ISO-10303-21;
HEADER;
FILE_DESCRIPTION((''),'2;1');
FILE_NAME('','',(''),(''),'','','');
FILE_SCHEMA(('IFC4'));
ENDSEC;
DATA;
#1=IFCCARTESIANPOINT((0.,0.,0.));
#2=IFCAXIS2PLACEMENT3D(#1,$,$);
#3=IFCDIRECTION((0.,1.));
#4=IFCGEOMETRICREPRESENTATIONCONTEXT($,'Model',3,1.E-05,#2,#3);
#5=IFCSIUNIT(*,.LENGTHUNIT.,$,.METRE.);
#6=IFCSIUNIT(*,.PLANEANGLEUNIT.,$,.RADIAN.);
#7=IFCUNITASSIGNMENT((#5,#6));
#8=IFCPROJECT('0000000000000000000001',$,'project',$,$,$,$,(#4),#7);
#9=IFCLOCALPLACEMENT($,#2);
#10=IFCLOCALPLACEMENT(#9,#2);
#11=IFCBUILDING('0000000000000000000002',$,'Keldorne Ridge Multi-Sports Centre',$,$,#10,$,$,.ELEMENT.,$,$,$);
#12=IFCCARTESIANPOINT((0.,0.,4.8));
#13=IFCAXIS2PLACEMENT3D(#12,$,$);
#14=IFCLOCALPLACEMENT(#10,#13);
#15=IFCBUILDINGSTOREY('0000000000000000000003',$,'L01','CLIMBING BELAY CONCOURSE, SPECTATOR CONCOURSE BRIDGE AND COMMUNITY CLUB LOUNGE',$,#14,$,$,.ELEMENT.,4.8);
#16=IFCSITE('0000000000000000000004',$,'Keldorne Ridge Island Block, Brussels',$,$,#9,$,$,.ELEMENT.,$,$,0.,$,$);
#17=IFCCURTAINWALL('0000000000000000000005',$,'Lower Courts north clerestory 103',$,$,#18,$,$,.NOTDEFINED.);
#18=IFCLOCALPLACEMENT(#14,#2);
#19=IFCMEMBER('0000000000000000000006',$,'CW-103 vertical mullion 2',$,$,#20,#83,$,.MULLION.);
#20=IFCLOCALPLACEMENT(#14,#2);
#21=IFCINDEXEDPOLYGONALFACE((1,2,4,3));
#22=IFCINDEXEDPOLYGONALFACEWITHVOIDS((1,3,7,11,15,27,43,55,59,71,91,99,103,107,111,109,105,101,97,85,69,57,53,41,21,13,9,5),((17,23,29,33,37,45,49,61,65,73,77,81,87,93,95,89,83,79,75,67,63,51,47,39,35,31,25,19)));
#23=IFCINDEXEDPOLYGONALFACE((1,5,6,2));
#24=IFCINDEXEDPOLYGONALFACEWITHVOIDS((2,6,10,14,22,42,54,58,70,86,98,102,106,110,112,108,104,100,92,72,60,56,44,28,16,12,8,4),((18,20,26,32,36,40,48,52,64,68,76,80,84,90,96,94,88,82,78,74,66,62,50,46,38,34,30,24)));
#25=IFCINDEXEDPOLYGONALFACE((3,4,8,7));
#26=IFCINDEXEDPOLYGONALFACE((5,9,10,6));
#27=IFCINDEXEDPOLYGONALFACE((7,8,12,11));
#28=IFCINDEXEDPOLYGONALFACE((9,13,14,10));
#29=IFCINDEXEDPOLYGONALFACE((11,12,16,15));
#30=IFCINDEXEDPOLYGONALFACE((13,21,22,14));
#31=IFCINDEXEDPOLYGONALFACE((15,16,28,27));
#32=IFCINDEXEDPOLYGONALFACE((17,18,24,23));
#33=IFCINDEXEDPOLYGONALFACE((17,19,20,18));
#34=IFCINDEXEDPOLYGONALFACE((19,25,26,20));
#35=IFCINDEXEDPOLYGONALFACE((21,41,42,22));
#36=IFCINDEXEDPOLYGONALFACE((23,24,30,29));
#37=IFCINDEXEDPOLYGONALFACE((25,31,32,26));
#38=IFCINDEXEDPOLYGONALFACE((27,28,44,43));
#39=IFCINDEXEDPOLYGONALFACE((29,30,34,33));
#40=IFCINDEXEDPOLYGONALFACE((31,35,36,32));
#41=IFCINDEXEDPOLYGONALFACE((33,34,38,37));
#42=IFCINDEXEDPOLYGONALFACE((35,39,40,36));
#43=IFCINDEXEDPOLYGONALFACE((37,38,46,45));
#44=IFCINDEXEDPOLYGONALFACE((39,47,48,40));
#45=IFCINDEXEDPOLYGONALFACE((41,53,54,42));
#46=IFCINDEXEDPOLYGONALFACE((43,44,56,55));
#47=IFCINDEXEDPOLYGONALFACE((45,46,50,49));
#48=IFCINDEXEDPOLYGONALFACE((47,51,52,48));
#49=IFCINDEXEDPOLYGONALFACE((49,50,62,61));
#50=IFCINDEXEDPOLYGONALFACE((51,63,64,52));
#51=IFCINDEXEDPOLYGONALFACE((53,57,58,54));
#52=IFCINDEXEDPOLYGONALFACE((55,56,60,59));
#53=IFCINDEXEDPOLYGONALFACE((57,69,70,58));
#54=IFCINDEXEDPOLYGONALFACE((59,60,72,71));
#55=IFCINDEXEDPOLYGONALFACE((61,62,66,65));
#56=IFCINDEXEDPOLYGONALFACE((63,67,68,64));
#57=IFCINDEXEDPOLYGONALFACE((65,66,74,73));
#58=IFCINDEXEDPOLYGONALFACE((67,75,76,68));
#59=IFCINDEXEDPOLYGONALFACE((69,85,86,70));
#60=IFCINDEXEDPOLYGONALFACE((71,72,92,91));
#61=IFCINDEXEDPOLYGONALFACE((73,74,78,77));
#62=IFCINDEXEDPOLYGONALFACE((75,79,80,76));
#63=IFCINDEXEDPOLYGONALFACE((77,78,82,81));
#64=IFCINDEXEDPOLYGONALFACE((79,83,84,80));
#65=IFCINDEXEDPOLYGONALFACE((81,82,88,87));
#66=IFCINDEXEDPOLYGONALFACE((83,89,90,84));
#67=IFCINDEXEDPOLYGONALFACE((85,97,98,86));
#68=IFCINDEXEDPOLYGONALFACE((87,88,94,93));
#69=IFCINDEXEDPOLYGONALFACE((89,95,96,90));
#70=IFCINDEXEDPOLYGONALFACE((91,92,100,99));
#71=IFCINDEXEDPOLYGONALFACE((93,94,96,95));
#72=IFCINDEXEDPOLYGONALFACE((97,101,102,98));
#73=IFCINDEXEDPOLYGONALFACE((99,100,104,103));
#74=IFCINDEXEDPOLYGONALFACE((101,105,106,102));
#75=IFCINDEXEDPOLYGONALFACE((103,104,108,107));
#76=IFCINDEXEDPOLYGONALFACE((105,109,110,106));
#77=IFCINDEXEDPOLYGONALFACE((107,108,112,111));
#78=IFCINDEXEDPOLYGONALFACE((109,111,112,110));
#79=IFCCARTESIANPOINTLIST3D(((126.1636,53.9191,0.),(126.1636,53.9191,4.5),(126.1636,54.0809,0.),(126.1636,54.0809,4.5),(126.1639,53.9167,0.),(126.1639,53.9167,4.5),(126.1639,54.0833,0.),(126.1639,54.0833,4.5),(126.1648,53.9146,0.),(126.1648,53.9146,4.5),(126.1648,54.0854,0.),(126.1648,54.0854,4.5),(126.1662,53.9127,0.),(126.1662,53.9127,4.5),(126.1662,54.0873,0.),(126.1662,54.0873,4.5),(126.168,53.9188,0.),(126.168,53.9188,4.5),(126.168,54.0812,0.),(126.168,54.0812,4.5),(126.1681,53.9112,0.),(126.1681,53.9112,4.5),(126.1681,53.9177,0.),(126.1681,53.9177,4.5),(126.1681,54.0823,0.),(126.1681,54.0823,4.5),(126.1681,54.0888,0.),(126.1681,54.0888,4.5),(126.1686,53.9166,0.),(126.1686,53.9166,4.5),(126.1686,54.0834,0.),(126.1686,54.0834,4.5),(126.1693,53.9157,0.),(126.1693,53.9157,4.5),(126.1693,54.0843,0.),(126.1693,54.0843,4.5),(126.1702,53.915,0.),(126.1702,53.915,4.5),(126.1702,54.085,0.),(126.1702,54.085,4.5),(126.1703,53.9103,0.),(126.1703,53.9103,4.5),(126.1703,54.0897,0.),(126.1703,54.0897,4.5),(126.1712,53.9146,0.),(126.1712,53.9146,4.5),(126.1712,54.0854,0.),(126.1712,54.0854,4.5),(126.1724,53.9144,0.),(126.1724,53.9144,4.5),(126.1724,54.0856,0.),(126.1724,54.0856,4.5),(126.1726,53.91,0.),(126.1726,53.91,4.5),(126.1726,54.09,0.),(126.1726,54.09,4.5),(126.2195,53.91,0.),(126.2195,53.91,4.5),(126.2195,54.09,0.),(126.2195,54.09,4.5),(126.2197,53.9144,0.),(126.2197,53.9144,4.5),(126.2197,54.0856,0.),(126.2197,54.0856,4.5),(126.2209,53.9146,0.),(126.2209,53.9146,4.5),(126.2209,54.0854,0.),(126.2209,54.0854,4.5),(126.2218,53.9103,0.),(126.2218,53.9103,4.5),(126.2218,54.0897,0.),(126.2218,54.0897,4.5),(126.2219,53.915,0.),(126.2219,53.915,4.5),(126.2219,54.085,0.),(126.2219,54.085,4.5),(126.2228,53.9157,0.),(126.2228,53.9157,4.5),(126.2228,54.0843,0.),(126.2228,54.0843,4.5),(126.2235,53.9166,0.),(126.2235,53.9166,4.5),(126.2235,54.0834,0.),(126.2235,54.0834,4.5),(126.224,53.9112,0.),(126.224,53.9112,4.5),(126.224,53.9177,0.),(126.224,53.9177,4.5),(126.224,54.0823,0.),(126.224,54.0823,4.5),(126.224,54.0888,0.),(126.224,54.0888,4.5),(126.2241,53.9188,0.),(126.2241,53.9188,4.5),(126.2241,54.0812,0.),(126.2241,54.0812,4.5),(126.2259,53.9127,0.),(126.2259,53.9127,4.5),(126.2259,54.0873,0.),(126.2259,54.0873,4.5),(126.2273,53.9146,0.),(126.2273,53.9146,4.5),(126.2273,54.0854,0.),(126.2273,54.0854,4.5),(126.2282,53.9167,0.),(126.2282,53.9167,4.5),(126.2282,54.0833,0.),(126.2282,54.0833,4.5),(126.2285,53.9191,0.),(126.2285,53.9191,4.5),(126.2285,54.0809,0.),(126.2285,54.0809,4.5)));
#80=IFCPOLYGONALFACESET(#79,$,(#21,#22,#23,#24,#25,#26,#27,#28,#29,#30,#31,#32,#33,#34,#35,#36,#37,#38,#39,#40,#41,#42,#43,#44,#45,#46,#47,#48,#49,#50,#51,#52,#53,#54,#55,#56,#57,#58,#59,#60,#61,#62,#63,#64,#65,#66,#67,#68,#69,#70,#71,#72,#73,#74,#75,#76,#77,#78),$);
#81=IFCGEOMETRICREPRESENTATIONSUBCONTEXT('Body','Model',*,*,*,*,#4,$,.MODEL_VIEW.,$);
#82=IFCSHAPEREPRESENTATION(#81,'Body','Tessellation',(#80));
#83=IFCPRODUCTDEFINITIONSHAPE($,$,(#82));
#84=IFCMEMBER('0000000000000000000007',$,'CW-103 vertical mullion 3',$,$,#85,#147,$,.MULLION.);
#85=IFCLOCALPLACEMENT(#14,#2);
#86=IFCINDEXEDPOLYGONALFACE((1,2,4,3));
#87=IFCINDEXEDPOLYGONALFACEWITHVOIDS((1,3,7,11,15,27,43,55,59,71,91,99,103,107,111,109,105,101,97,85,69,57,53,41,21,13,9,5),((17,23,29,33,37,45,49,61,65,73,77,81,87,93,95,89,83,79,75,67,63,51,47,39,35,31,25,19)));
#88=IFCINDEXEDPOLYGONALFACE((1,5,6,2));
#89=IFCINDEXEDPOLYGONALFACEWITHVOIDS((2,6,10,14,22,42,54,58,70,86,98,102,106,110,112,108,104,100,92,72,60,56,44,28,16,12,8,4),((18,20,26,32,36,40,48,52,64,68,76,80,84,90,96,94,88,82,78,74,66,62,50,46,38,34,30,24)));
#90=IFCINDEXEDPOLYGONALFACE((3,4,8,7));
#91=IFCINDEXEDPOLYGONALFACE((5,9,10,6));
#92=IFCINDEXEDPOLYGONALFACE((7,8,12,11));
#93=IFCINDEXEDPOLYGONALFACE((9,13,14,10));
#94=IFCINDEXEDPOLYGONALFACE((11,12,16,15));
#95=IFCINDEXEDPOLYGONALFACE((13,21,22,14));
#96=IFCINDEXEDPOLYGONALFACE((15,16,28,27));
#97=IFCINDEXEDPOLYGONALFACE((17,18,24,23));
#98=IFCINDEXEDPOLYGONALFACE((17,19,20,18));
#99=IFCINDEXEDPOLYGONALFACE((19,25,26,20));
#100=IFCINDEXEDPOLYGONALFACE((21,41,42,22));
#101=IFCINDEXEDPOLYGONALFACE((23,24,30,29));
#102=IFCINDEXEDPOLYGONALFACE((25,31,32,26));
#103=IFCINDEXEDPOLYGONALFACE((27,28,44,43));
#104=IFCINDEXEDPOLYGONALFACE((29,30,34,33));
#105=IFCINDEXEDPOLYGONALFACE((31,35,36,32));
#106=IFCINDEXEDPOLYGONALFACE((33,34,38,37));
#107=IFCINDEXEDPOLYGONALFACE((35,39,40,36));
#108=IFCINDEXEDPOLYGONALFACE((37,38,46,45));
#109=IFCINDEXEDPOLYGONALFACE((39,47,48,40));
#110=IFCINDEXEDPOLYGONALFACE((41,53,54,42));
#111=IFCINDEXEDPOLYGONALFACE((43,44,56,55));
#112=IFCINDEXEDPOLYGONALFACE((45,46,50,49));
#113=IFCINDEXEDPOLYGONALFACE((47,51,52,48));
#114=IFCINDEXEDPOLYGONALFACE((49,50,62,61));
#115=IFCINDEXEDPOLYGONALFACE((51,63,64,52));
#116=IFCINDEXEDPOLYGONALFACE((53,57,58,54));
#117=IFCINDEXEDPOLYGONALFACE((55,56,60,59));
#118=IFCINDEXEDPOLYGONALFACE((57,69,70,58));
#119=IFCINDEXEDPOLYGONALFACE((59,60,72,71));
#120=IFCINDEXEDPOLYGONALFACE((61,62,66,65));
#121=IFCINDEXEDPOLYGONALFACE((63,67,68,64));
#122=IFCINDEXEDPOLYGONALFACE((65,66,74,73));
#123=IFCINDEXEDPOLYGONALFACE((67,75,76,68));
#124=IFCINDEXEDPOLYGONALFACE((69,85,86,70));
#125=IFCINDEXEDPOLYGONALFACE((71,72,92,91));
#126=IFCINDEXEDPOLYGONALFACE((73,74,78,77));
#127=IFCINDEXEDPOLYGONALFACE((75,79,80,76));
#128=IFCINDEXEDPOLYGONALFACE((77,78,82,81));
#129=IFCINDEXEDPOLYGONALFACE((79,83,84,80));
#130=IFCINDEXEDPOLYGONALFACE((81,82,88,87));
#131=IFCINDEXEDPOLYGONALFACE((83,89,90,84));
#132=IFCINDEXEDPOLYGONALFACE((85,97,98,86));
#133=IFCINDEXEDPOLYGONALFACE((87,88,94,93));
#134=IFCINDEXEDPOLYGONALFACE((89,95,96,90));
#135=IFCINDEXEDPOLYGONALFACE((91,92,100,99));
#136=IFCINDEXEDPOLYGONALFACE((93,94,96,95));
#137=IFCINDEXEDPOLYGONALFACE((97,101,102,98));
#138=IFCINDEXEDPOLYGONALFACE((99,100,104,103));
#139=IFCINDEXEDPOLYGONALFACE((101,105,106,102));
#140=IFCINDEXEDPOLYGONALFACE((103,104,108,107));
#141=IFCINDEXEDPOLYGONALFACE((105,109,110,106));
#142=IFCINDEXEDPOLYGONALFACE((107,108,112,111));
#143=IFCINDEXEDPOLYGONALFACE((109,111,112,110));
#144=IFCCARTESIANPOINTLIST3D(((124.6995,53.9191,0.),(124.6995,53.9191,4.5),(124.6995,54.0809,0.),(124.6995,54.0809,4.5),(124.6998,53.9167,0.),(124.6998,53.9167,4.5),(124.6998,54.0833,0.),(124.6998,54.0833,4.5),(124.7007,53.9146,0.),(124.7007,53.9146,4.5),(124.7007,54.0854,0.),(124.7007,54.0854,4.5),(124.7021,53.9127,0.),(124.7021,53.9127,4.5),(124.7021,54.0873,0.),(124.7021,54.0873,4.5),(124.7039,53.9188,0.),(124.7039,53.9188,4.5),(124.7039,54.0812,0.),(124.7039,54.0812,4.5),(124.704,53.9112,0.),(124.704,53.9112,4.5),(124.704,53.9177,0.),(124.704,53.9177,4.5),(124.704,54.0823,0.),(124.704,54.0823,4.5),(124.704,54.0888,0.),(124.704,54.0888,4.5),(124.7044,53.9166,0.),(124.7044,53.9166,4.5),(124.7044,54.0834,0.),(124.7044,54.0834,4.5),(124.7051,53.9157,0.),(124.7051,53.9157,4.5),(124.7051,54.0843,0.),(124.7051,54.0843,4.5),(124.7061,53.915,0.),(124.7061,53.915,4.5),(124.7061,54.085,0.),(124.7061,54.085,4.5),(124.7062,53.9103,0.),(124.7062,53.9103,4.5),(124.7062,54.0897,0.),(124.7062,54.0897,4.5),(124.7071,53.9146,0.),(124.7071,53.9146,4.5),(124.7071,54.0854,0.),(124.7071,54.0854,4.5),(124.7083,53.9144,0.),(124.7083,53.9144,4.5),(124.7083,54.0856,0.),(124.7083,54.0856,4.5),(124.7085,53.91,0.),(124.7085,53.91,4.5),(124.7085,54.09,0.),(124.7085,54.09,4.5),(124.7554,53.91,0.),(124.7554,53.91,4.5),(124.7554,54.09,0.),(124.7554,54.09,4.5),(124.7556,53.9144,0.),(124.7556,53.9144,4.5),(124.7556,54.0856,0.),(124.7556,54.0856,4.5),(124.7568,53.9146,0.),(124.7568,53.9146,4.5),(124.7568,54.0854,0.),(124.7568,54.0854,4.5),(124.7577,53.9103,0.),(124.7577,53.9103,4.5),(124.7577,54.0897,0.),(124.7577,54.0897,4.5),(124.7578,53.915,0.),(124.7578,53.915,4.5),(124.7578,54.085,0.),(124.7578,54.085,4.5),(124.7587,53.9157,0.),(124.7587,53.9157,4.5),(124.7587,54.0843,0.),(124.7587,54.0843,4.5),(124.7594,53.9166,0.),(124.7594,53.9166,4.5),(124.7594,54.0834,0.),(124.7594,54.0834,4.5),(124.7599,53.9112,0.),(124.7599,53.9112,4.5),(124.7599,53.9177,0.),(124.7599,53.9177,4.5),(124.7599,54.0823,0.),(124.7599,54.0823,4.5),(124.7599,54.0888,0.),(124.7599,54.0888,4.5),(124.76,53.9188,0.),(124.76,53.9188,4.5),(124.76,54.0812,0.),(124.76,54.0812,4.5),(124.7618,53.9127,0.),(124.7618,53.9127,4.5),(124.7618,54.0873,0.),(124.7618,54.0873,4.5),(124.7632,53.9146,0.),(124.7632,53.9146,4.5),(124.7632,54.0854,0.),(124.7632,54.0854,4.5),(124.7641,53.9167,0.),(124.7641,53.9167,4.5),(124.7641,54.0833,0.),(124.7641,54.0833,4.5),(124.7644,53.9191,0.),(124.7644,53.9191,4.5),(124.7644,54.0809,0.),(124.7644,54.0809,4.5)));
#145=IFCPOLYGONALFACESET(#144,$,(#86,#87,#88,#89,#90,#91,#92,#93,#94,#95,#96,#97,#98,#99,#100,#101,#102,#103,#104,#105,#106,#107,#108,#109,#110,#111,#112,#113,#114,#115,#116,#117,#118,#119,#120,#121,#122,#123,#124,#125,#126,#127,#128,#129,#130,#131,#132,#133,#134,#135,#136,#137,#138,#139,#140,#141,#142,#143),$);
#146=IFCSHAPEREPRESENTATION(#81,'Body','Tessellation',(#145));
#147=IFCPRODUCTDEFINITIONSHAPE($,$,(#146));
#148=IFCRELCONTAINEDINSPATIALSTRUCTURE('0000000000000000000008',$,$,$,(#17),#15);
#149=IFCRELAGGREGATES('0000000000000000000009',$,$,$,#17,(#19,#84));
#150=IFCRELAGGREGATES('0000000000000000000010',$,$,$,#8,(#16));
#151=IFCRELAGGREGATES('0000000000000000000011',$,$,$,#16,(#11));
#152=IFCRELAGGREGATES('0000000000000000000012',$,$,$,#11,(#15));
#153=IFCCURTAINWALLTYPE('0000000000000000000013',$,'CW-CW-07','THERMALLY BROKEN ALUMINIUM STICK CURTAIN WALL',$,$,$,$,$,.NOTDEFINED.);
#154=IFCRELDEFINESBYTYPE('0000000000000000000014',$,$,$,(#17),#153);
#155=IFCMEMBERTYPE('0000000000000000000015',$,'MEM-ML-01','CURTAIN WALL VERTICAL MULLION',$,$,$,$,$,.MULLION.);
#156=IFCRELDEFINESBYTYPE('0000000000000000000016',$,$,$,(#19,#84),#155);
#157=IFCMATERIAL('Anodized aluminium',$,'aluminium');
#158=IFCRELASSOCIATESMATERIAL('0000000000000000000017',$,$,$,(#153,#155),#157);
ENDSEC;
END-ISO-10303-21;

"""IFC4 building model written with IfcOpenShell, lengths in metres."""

from ifc_helpers import new_model, si_unit, direction, frame, origin, origin_2d, place, context, subcontext, project, spatial, hollow_rectangle, extrude, material, material_profile, profile_set, type_object, element, aggregate, save


model = new_model("IFC4")

# Units and contexts
model_context = context("Model", 3, precision=1e-05, world=origin(), true_north=direction((0.0, 1.0)))
body_context = subcontext(model_context, "Body", "Model", "MODEL_VIEW")
ifc_project = project(units=[si_unit("LENGTHUNIT", "METRE"), si_unit("PLANEANGLEUNIT", "RADIAN")], contexts=[model_context])

# Site, building, storey
site_placement = place(None, origin())
site = spatial("IfcSite", under=ifc_project, at=site_placement, Name="Keldorne Ridge Island Block, Brussels", CompositionType="ELEMENT", RefElevation=0.0)
building_placement = place(site_placement, origin())
building = spatial("IfcBuilding", under=site, at=building_placement, Name="Keldorne Ridge Multi-Sports Centre", CompositionType="ELEMENT")
storey_placement = place(building_placement, frame((0.0, 0.0, 4.8)))
storey = spatial("IfcBuildingStorey", under=building, at=storey_placement, Name="L01", Description="CLIMBING BELAY CONCOURSE, SPECTATOR CONCOURSE BRIDGE AND COMMUNITY CLUB LOUNGE", CompositionType="ELEMENT", Elevation=4.8)

# Curtain wall, members
ifc_material_1 = material(Name="Anodized aluminium", Category="aluminium")
curtain_wall_type = type_object("IfcCurtainWallType", Name="CW-CW-07", Description="THERMALLY BROKEN ALUMINIUM STICK CURTAIN WALL", PredefinedType="NOTDEFINED", material=ifc_material_1)
curtain_wall_placement = place(storey_placement, origin())
curtain_wall = element("IfcCurtainWall", 1, at=curtain_wall_placement, inside=storey, type_object=curtain_wall_type, Name="Lower Courts north clerestory 103", PredefinedType="NOTDEFINED")
ifc_material_profile_1 = material_profile(ifc_material_1, hollow_rectangle(XDim=0.0649, YDim=0.1799, WallThickness=0.0044, InnerFilletRadius=0.0044, OuterFilletRadius=0.009, at=origin_2d()), Name="ALU MULLION 180x65x4.5")
ifc_profile_set_1 = profile_set([ifc_material_profile_1], Name="Anodized aluminium")
member_type_1 = type_object("IfcMemberType", Name="MEM-ML-01", Description="CURTAIN WALL VERTICAL MULLION", PredefinedType="MULLION", material=ifc_profile_set_1)
member_1_placement = place(storey_placement, frame((126.196, 54.0, 0.0), z_axis=(0.0, 0.0, 1.0), x_axis=(1.0, 0.0, 0.0)))
member_1 = element("IfcMember", 2, at=member_1_placement, type_object=member_type_1, Name="CW-103 vertical mullion 2", PredefinedType="MULLION", context=body_context, shape_type="SweptSolid", body=[
    extrude(hollow_rectangle(XDim=0.0649, YDim=0.1799, WallThickness=0.0044, InnerFilletRadius=0.0044, OuterFilletRadius=0.009, at=origin_2d()), origin(), (0.0, 0.0, 1.0), 4.5),
])
member_2_placement = place(storey_placement, frame((124.7319, 54.0, 0.0), z_axis=(0.0, 0.0, 1.0), x_axis=(1.0, 0.0, 0.0)))
member_2 = element("IfcMember", 3, at=member_2_placement, type_object=member_type_1, Name="CW-103 vertical mullion 3", PredefinedType="MULLION", context=body_context, shape_type="SweptSolid", body=[
    extrude(hollow_rectangle(XDim=0.0649, YDim=0.1799, WallThickness=0.0044, InnerFilletRadius=0.0044, OuterFilletRadius=0.009, at=origin_2d()), origin(), (0.0, 0.0, 1.0), 4.5),
])
aggregate(curtain_wall, [member_1, member_2])

save(model, "model.ifc")
